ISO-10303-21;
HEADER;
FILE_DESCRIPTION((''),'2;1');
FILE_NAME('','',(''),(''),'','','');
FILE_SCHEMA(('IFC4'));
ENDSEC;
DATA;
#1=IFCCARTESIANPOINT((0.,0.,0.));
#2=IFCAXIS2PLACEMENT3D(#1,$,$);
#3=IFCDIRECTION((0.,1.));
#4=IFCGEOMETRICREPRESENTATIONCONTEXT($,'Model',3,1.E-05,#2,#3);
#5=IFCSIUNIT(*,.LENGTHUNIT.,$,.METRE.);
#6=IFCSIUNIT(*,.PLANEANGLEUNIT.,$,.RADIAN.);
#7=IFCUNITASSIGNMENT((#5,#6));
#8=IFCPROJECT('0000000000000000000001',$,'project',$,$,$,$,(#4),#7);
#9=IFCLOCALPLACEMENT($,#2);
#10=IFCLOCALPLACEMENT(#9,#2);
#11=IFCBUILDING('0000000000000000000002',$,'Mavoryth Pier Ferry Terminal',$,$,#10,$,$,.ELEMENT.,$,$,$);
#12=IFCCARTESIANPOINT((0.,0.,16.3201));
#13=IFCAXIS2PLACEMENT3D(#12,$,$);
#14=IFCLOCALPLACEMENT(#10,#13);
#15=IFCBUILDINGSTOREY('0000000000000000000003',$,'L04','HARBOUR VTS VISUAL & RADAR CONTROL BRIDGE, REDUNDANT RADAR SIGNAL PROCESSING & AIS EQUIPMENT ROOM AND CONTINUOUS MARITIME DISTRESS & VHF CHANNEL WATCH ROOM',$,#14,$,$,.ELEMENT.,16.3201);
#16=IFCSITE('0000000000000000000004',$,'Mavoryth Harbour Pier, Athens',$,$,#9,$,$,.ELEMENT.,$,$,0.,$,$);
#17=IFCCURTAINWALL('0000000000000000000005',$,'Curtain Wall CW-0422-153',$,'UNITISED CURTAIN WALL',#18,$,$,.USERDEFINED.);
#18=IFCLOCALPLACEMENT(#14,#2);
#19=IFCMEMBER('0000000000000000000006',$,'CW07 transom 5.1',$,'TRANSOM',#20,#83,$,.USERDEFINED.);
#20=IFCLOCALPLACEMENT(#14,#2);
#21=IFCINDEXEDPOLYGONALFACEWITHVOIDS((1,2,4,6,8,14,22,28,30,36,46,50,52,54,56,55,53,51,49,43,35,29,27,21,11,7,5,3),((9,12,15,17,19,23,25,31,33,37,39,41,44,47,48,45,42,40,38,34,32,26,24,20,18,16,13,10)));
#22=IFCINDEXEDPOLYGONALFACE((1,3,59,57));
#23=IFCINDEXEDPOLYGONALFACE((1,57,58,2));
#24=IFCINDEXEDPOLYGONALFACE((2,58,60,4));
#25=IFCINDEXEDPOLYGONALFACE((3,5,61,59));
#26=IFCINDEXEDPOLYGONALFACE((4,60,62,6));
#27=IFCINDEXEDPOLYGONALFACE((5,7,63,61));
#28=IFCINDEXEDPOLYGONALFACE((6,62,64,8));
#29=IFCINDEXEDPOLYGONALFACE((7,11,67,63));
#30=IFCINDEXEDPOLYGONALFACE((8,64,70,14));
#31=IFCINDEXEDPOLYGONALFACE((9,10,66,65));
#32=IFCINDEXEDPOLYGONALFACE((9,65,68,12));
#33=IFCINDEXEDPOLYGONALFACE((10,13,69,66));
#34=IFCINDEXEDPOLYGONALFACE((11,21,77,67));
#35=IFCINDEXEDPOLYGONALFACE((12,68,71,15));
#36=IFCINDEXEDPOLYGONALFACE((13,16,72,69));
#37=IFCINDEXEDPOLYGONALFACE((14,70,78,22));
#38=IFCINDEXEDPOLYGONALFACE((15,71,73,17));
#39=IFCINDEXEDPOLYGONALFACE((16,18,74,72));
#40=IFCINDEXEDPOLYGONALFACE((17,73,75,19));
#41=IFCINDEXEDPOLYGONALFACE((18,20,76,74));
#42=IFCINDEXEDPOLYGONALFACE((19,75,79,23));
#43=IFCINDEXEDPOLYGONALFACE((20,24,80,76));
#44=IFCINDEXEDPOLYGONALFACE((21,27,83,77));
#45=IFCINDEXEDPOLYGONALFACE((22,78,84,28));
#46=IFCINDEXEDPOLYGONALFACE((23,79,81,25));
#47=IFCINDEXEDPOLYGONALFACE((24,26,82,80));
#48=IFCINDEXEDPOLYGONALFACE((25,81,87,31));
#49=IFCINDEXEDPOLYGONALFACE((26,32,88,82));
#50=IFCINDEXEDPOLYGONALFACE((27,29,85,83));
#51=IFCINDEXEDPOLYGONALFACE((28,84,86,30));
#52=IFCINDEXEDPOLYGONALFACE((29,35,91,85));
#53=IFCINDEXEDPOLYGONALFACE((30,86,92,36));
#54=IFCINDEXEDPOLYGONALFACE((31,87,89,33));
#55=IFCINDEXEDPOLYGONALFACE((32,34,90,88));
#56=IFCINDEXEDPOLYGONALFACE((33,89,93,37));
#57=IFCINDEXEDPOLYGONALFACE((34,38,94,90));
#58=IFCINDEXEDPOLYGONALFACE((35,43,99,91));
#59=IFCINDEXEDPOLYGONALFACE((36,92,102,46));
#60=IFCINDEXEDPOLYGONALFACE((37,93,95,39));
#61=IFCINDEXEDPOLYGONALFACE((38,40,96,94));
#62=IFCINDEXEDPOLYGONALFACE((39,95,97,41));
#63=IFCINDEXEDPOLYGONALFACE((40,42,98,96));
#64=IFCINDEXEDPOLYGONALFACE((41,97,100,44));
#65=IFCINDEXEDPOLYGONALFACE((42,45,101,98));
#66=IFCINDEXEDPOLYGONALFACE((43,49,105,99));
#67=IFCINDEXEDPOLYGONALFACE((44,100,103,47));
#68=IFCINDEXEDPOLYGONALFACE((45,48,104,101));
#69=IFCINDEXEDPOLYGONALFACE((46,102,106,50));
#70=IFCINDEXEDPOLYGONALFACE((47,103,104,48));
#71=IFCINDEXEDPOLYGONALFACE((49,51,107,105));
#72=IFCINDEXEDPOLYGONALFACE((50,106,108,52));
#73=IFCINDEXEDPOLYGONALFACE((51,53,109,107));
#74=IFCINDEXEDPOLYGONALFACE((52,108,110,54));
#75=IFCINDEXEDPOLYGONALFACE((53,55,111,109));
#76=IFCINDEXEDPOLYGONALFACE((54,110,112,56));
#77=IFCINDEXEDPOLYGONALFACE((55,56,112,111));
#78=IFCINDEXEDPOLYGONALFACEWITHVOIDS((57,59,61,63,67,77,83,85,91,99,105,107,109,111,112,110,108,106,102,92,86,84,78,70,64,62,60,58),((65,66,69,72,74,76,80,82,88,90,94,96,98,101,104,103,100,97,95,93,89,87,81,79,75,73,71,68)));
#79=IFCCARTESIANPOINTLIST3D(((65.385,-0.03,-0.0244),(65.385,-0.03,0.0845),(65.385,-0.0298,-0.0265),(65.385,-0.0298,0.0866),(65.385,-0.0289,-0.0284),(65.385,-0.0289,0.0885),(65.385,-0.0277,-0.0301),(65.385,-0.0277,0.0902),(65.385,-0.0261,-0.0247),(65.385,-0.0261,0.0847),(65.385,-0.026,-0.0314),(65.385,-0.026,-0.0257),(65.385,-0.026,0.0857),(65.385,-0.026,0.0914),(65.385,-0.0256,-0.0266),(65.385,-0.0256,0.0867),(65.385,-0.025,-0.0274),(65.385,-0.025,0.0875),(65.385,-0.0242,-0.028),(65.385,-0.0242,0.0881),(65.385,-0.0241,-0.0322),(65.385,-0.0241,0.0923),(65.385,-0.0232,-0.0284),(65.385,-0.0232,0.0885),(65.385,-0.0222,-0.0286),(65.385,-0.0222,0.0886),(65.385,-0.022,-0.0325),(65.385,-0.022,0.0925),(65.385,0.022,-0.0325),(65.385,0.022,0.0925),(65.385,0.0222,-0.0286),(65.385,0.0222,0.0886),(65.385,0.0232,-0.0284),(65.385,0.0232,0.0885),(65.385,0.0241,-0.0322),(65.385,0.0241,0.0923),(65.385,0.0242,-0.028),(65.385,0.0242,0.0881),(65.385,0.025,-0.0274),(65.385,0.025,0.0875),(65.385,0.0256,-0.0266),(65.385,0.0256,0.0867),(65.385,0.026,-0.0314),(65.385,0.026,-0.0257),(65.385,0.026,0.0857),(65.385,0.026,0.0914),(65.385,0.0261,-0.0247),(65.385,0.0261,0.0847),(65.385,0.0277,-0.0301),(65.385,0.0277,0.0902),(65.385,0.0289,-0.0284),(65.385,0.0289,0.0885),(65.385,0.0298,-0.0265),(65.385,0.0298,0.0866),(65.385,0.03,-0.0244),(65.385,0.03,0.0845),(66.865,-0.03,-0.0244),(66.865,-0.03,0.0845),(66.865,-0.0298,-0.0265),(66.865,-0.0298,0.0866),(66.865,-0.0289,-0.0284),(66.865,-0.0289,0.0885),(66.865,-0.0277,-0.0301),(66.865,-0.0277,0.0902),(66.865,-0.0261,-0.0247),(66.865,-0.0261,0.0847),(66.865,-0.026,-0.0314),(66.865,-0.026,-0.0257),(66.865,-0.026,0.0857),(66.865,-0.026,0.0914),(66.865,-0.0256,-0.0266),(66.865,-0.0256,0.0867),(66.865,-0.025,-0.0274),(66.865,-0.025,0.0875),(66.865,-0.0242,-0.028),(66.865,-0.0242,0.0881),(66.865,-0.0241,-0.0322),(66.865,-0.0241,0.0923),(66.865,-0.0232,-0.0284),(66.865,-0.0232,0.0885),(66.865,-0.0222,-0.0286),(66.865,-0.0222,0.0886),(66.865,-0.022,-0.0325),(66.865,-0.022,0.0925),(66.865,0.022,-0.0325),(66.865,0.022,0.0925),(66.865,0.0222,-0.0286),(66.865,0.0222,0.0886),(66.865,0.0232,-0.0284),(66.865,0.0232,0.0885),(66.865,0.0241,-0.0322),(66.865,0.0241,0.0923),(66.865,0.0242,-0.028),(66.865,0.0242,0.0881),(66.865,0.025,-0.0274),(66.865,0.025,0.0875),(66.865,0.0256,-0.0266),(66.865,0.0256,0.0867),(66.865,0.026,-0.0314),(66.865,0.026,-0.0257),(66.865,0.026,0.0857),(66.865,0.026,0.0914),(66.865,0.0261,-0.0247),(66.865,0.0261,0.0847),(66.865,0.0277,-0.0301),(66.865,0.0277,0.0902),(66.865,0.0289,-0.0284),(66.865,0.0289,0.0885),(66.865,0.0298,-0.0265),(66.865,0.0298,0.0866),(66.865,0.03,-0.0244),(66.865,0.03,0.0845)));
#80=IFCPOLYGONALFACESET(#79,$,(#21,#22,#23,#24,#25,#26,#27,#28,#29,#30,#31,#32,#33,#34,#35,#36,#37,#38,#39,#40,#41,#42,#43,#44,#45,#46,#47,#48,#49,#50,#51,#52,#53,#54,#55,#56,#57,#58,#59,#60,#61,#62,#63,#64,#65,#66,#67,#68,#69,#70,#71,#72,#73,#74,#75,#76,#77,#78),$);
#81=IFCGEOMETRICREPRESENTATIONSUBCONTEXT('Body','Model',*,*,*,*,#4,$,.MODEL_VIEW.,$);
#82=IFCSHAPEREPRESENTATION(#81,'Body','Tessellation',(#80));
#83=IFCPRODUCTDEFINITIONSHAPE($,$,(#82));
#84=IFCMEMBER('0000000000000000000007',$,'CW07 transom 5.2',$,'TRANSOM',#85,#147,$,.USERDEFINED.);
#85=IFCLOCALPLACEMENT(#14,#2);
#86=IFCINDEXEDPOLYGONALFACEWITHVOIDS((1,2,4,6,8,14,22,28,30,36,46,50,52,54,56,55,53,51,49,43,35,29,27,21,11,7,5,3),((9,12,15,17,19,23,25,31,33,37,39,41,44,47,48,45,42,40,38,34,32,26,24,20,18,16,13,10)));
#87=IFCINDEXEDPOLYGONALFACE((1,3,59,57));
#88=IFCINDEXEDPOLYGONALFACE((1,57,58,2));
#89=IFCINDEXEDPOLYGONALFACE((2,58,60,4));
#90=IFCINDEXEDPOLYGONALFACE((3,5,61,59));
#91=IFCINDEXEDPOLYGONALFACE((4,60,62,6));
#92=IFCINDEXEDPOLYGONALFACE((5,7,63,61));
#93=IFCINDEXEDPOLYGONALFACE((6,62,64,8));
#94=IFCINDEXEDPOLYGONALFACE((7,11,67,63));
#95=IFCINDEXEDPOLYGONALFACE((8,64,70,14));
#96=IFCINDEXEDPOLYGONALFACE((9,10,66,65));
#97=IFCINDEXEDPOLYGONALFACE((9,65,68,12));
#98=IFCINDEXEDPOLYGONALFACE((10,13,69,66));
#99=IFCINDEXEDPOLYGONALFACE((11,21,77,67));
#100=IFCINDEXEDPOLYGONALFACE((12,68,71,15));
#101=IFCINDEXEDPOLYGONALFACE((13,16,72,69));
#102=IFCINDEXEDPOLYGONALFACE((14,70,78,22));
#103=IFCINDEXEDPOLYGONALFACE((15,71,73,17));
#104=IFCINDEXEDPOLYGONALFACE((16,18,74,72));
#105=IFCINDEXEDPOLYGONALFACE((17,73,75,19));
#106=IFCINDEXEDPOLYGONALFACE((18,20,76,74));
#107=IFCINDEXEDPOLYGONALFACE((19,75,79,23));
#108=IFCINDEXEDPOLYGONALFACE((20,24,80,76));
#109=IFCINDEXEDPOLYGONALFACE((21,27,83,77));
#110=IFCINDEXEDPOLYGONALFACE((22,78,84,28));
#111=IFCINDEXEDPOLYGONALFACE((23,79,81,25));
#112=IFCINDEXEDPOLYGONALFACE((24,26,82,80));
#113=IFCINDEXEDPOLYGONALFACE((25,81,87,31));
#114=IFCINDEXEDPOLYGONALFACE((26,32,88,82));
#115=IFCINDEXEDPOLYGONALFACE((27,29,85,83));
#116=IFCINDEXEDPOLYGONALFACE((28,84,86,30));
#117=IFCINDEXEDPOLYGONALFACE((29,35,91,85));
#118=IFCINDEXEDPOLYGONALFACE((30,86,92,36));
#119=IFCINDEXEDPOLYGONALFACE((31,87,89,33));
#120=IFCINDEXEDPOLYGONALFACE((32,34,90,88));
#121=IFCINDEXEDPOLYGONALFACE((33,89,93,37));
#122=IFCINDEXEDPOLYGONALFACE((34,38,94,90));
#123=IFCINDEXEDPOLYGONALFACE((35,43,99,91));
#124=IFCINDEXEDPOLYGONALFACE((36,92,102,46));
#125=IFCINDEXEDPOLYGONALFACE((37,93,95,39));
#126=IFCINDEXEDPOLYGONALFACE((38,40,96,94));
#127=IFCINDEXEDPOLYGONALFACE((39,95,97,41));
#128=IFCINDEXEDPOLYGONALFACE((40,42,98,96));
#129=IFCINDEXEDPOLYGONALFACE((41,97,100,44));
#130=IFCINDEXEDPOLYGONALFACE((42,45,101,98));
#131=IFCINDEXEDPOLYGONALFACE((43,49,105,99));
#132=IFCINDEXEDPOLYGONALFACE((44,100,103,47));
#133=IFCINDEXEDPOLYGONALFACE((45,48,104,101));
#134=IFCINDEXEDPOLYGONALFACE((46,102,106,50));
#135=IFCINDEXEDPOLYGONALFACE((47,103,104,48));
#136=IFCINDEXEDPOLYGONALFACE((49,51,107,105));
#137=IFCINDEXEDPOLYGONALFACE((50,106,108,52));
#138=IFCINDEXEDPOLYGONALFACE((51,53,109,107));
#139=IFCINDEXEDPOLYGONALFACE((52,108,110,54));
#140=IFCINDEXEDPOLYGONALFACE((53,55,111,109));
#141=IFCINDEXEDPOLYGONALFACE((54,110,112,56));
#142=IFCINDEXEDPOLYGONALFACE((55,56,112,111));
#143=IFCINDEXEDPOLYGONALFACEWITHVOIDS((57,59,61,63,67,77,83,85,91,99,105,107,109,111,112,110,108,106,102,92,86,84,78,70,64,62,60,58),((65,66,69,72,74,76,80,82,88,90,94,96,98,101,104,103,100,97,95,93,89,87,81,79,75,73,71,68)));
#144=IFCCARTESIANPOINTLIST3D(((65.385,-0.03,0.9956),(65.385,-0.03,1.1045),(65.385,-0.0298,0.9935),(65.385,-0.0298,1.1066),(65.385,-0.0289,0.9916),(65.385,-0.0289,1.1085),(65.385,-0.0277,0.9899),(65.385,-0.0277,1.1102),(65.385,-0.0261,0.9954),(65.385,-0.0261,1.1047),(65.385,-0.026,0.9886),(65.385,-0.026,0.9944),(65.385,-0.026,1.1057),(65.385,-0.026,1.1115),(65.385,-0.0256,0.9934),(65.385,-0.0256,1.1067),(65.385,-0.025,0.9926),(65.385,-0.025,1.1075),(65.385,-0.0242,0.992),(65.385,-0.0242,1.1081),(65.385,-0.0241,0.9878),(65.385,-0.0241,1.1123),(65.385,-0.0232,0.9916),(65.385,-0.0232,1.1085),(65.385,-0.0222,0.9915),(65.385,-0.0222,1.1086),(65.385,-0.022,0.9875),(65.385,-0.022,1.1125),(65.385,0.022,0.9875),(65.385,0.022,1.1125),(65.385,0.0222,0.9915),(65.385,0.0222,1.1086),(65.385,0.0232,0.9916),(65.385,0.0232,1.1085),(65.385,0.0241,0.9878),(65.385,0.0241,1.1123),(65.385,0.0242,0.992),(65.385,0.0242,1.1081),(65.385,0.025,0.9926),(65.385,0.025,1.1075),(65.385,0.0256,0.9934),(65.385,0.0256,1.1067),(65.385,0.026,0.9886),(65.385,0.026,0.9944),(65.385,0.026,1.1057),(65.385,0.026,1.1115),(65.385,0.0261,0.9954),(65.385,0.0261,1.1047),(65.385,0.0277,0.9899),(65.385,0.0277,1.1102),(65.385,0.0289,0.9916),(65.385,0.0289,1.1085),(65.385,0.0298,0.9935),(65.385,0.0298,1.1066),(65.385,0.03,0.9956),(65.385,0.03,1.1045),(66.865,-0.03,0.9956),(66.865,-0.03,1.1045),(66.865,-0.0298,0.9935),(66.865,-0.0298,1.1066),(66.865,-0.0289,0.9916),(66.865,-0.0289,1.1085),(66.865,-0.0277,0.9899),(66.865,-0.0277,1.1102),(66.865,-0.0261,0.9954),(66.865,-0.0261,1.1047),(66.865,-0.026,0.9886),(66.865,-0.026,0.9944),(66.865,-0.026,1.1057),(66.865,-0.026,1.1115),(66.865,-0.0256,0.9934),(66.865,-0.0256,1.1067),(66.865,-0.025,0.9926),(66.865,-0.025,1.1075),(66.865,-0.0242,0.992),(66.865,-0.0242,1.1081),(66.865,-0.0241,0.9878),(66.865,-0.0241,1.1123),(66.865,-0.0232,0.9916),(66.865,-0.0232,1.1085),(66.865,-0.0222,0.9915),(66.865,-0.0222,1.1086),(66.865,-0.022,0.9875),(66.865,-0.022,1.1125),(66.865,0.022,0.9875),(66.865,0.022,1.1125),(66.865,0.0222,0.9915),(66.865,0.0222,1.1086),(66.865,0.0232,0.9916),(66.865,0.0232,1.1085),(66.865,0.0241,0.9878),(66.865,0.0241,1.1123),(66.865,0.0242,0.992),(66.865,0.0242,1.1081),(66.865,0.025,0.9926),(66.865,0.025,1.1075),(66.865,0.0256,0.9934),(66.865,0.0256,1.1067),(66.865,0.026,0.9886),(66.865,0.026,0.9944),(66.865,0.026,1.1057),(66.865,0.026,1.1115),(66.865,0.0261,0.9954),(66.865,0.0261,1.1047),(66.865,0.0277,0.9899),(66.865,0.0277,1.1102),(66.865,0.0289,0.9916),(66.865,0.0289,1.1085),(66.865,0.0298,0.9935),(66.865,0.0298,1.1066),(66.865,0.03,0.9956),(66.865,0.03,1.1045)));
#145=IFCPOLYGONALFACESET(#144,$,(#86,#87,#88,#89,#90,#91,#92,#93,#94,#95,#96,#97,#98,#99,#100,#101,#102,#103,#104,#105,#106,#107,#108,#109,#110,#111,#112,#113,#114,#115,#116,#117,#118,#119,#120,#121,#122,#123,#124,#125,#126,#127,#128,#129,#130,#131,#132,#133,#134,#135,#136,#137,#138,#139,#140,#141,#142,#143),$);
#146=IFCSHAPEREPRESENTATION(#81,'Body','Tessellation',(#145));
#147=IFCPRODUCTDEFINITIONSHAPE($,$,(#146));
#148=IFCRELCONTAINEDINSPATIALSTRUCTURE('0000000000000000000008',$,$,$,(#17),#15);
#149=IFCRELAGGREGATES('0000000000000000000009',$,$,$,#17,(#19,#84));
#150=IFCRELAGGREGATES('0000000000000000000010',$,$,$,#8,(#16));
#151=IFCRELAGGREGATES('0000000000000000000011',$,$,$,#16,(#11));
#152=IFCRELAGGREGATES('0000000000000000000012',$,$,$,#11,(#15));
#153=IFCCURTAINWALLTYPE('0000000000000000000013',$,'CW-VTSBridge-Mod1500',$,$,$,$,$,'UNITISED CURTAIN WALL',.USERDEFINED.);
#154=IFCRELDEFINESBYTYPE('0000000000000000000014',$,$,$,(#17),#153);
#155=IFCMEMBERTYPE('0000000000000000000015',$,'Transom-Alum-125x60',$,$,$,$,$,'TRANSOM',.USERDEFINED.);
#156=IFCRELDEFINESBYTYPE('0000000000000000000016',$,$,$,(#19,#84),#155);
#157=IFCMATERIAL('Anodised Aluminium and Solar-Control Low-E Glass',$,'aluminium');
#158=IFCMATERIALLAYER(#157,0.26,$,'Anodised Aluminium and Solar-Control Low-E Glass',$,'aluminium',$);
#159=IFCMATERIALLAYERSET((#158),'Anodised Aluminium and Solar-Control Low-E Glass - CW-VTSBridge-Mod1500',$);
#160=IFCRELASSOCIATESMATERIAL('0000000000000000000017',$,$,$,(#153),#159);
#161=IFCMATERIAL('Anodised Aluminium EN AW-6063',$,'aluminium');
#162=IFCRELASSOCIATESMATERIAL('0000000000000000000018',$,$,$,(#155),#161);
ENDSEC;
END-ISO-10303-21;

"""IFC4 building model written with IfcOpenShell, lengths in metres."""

from ifc_helpers import new_model, si_unit, direction, frame, origin, origin_2d, place, context, subcontext, project, spatial, hollow_rectangle, extrude, material, layer, layer_set, material_profile, profile_set, type_object, element, aggregate, save


model = new_model("IFC4")

# Units and contexts
model_context = context("Model", 3, precision=1e-05, world=origin(), true_north=direction((0.0, 1.0)))
body_context = subcontext(model_context, "Body", "Model", "MODEL_VIEW")
ifc_project = project(units=[si_unit("LENGTHUNIT", "METRE"), si_unit("PLANEANGLEUNIT", "RADIAN")], contexts=[model_context])

# Site, building, storey
site_placement = place(None, origin())
site = spatial("IfcSite", under=ifc_project, at=site_placement, Name="Mavoryth Harbour Pier, Athens", CompositionType="ELEMENT", RefElevation=0.0)
building_placement = place(site_placement, origin())
building = spatial("IfcBuilding", under=site, at=building_placement, Name="Mavoryth Pier Ferry Terminal", CompositionType="ELEMENT")
storey_placement = place(building_placement, frame((0.0, 0.0, 16.3201)))
storey = spatial("IfcBuildingStorey", under=building, at=storey_placement, Name="L04", Description="HARBOUR VTS VISUAL & RADAR CONTROL BRIDGE, REDUNDANT RADAR SIGNAL PROCESSING & AIS EQUIPMENT ROOM AND CONTINUOUS MARITIME DISTRESS & VHF CHANNEL WATCH ROOM", CompositionType="ELEMENT", Elevation=16.3201)

# Curtain wall
ifc_material_1 = material(Name="Anodised Aluminium and Solar-Control Low-E Glass", Category="aluminium")
ifc_layer_1 = layer(ifc_material_1, 0.26, Name="Anodised Aluminium and Solar-Control Low-E Glass", Category="aluminium")
ifc_layer_set_1 = layer_set([ifc_layer_1], Name="Anodised Aluminium and Solar-Control Low-E Glass - CW-VTSBridge-Mod1500")
curtain_wall_type = type_object("IfcCurtainWallType", Name="CW-VTSBridge-Mod1500", ElementType="UNITISED CURTAIN WALL", PredefinedType="USERDEFINED", material=ifc_layer_set_1)
curtain_wall_1_placement = place(storey_placement, origin())
curtain_wall_1 = element("IfcCurtainWall", 1, at=curtain_wall_1_placement, inside=storey, type_object=curtain_wall_type, Name="Curtain Wall CW-0422-153", ObjectType="UNITISED CURTAIN WALL", PredefinedType="USERDEFINED")
ifc_material_2 = material(Name="Anodised Aluminium EN AW-6063", Category="aluminium")

# Members
ifc_material_profile_1 = material_profile(ifc_material_2, hollow_rectangle(XDim=0.0601, YDim=0.125, WallThickness=0.0039, InnerFilletRadius=0.0039, OuterFilletRadius=0.0081, at=origin_2d()), Name="AL-TRAN 125x60x4", Category="aluminium")
ifc_profile_set_1 = profile_set([ifc_material_profile_1], Name="Anodised Aluminium EN AW-6063 - AL-TRAN 125x60x4")
member_type_1 = type_object("IfcMemberType", Name="Transom-Alum-125x60", ElementType="TRANSOM", PredefinedType="USERDEFINED", material=ifc_profile_set_1)
member_1_placement = place(storey_placement, frame((65.385, 0.0, 0.03), z_axis=(1.0, 0.0, 0.0), x_axis=(0.0, 1.0, 0.0)))
member_1 = element("IfcMember", 2, at=member_1_placement, type_object=member_type_1, Name="CW07 transom 5.1", ObjectType="TRANSOM", PredefinedType="USERDEFINED", context=body_context, shape_type="SweptSolid", body=[
    extrude(hollow_rectangle(XDim=0.0601, YDim=0.125, WallThickness=0.0039, InnerFilletRadius=0.0039, OuterFilletRadius=0.0081, at=origin_2d()), origin(), (0.0, 0.0, 1.0), 1.48),
])
member_2_placement = place(storey_placement, frame((65.385, 0.0, 1.05), z_axis=(1.0, 0.0, 0.0), x_axis=(0.0, 1.0, 0.0)))
member_2 = element("IfcMember", 3, at=member_2_placement, type_object=member_type_1, Name="CW07 transom 5.2", ObjectType="TRANSOM", PredefinedType="USERDEFINED", context=body_context, shape_type="SweptSolid", body=[
    extrude(hollow_rectangle(XDim=0.0601, YDim=0.125, WallThickness=0.0039, InnerFilletRadius=0.0039, OuterFilletRadius=0.0081, at=origin_2d()), origin(), (0.0, 0.0, 1.0), 1.48),
])

aggregate(curtain_wall_1, [member_1, member_2])

save(model, "model.ifc")
